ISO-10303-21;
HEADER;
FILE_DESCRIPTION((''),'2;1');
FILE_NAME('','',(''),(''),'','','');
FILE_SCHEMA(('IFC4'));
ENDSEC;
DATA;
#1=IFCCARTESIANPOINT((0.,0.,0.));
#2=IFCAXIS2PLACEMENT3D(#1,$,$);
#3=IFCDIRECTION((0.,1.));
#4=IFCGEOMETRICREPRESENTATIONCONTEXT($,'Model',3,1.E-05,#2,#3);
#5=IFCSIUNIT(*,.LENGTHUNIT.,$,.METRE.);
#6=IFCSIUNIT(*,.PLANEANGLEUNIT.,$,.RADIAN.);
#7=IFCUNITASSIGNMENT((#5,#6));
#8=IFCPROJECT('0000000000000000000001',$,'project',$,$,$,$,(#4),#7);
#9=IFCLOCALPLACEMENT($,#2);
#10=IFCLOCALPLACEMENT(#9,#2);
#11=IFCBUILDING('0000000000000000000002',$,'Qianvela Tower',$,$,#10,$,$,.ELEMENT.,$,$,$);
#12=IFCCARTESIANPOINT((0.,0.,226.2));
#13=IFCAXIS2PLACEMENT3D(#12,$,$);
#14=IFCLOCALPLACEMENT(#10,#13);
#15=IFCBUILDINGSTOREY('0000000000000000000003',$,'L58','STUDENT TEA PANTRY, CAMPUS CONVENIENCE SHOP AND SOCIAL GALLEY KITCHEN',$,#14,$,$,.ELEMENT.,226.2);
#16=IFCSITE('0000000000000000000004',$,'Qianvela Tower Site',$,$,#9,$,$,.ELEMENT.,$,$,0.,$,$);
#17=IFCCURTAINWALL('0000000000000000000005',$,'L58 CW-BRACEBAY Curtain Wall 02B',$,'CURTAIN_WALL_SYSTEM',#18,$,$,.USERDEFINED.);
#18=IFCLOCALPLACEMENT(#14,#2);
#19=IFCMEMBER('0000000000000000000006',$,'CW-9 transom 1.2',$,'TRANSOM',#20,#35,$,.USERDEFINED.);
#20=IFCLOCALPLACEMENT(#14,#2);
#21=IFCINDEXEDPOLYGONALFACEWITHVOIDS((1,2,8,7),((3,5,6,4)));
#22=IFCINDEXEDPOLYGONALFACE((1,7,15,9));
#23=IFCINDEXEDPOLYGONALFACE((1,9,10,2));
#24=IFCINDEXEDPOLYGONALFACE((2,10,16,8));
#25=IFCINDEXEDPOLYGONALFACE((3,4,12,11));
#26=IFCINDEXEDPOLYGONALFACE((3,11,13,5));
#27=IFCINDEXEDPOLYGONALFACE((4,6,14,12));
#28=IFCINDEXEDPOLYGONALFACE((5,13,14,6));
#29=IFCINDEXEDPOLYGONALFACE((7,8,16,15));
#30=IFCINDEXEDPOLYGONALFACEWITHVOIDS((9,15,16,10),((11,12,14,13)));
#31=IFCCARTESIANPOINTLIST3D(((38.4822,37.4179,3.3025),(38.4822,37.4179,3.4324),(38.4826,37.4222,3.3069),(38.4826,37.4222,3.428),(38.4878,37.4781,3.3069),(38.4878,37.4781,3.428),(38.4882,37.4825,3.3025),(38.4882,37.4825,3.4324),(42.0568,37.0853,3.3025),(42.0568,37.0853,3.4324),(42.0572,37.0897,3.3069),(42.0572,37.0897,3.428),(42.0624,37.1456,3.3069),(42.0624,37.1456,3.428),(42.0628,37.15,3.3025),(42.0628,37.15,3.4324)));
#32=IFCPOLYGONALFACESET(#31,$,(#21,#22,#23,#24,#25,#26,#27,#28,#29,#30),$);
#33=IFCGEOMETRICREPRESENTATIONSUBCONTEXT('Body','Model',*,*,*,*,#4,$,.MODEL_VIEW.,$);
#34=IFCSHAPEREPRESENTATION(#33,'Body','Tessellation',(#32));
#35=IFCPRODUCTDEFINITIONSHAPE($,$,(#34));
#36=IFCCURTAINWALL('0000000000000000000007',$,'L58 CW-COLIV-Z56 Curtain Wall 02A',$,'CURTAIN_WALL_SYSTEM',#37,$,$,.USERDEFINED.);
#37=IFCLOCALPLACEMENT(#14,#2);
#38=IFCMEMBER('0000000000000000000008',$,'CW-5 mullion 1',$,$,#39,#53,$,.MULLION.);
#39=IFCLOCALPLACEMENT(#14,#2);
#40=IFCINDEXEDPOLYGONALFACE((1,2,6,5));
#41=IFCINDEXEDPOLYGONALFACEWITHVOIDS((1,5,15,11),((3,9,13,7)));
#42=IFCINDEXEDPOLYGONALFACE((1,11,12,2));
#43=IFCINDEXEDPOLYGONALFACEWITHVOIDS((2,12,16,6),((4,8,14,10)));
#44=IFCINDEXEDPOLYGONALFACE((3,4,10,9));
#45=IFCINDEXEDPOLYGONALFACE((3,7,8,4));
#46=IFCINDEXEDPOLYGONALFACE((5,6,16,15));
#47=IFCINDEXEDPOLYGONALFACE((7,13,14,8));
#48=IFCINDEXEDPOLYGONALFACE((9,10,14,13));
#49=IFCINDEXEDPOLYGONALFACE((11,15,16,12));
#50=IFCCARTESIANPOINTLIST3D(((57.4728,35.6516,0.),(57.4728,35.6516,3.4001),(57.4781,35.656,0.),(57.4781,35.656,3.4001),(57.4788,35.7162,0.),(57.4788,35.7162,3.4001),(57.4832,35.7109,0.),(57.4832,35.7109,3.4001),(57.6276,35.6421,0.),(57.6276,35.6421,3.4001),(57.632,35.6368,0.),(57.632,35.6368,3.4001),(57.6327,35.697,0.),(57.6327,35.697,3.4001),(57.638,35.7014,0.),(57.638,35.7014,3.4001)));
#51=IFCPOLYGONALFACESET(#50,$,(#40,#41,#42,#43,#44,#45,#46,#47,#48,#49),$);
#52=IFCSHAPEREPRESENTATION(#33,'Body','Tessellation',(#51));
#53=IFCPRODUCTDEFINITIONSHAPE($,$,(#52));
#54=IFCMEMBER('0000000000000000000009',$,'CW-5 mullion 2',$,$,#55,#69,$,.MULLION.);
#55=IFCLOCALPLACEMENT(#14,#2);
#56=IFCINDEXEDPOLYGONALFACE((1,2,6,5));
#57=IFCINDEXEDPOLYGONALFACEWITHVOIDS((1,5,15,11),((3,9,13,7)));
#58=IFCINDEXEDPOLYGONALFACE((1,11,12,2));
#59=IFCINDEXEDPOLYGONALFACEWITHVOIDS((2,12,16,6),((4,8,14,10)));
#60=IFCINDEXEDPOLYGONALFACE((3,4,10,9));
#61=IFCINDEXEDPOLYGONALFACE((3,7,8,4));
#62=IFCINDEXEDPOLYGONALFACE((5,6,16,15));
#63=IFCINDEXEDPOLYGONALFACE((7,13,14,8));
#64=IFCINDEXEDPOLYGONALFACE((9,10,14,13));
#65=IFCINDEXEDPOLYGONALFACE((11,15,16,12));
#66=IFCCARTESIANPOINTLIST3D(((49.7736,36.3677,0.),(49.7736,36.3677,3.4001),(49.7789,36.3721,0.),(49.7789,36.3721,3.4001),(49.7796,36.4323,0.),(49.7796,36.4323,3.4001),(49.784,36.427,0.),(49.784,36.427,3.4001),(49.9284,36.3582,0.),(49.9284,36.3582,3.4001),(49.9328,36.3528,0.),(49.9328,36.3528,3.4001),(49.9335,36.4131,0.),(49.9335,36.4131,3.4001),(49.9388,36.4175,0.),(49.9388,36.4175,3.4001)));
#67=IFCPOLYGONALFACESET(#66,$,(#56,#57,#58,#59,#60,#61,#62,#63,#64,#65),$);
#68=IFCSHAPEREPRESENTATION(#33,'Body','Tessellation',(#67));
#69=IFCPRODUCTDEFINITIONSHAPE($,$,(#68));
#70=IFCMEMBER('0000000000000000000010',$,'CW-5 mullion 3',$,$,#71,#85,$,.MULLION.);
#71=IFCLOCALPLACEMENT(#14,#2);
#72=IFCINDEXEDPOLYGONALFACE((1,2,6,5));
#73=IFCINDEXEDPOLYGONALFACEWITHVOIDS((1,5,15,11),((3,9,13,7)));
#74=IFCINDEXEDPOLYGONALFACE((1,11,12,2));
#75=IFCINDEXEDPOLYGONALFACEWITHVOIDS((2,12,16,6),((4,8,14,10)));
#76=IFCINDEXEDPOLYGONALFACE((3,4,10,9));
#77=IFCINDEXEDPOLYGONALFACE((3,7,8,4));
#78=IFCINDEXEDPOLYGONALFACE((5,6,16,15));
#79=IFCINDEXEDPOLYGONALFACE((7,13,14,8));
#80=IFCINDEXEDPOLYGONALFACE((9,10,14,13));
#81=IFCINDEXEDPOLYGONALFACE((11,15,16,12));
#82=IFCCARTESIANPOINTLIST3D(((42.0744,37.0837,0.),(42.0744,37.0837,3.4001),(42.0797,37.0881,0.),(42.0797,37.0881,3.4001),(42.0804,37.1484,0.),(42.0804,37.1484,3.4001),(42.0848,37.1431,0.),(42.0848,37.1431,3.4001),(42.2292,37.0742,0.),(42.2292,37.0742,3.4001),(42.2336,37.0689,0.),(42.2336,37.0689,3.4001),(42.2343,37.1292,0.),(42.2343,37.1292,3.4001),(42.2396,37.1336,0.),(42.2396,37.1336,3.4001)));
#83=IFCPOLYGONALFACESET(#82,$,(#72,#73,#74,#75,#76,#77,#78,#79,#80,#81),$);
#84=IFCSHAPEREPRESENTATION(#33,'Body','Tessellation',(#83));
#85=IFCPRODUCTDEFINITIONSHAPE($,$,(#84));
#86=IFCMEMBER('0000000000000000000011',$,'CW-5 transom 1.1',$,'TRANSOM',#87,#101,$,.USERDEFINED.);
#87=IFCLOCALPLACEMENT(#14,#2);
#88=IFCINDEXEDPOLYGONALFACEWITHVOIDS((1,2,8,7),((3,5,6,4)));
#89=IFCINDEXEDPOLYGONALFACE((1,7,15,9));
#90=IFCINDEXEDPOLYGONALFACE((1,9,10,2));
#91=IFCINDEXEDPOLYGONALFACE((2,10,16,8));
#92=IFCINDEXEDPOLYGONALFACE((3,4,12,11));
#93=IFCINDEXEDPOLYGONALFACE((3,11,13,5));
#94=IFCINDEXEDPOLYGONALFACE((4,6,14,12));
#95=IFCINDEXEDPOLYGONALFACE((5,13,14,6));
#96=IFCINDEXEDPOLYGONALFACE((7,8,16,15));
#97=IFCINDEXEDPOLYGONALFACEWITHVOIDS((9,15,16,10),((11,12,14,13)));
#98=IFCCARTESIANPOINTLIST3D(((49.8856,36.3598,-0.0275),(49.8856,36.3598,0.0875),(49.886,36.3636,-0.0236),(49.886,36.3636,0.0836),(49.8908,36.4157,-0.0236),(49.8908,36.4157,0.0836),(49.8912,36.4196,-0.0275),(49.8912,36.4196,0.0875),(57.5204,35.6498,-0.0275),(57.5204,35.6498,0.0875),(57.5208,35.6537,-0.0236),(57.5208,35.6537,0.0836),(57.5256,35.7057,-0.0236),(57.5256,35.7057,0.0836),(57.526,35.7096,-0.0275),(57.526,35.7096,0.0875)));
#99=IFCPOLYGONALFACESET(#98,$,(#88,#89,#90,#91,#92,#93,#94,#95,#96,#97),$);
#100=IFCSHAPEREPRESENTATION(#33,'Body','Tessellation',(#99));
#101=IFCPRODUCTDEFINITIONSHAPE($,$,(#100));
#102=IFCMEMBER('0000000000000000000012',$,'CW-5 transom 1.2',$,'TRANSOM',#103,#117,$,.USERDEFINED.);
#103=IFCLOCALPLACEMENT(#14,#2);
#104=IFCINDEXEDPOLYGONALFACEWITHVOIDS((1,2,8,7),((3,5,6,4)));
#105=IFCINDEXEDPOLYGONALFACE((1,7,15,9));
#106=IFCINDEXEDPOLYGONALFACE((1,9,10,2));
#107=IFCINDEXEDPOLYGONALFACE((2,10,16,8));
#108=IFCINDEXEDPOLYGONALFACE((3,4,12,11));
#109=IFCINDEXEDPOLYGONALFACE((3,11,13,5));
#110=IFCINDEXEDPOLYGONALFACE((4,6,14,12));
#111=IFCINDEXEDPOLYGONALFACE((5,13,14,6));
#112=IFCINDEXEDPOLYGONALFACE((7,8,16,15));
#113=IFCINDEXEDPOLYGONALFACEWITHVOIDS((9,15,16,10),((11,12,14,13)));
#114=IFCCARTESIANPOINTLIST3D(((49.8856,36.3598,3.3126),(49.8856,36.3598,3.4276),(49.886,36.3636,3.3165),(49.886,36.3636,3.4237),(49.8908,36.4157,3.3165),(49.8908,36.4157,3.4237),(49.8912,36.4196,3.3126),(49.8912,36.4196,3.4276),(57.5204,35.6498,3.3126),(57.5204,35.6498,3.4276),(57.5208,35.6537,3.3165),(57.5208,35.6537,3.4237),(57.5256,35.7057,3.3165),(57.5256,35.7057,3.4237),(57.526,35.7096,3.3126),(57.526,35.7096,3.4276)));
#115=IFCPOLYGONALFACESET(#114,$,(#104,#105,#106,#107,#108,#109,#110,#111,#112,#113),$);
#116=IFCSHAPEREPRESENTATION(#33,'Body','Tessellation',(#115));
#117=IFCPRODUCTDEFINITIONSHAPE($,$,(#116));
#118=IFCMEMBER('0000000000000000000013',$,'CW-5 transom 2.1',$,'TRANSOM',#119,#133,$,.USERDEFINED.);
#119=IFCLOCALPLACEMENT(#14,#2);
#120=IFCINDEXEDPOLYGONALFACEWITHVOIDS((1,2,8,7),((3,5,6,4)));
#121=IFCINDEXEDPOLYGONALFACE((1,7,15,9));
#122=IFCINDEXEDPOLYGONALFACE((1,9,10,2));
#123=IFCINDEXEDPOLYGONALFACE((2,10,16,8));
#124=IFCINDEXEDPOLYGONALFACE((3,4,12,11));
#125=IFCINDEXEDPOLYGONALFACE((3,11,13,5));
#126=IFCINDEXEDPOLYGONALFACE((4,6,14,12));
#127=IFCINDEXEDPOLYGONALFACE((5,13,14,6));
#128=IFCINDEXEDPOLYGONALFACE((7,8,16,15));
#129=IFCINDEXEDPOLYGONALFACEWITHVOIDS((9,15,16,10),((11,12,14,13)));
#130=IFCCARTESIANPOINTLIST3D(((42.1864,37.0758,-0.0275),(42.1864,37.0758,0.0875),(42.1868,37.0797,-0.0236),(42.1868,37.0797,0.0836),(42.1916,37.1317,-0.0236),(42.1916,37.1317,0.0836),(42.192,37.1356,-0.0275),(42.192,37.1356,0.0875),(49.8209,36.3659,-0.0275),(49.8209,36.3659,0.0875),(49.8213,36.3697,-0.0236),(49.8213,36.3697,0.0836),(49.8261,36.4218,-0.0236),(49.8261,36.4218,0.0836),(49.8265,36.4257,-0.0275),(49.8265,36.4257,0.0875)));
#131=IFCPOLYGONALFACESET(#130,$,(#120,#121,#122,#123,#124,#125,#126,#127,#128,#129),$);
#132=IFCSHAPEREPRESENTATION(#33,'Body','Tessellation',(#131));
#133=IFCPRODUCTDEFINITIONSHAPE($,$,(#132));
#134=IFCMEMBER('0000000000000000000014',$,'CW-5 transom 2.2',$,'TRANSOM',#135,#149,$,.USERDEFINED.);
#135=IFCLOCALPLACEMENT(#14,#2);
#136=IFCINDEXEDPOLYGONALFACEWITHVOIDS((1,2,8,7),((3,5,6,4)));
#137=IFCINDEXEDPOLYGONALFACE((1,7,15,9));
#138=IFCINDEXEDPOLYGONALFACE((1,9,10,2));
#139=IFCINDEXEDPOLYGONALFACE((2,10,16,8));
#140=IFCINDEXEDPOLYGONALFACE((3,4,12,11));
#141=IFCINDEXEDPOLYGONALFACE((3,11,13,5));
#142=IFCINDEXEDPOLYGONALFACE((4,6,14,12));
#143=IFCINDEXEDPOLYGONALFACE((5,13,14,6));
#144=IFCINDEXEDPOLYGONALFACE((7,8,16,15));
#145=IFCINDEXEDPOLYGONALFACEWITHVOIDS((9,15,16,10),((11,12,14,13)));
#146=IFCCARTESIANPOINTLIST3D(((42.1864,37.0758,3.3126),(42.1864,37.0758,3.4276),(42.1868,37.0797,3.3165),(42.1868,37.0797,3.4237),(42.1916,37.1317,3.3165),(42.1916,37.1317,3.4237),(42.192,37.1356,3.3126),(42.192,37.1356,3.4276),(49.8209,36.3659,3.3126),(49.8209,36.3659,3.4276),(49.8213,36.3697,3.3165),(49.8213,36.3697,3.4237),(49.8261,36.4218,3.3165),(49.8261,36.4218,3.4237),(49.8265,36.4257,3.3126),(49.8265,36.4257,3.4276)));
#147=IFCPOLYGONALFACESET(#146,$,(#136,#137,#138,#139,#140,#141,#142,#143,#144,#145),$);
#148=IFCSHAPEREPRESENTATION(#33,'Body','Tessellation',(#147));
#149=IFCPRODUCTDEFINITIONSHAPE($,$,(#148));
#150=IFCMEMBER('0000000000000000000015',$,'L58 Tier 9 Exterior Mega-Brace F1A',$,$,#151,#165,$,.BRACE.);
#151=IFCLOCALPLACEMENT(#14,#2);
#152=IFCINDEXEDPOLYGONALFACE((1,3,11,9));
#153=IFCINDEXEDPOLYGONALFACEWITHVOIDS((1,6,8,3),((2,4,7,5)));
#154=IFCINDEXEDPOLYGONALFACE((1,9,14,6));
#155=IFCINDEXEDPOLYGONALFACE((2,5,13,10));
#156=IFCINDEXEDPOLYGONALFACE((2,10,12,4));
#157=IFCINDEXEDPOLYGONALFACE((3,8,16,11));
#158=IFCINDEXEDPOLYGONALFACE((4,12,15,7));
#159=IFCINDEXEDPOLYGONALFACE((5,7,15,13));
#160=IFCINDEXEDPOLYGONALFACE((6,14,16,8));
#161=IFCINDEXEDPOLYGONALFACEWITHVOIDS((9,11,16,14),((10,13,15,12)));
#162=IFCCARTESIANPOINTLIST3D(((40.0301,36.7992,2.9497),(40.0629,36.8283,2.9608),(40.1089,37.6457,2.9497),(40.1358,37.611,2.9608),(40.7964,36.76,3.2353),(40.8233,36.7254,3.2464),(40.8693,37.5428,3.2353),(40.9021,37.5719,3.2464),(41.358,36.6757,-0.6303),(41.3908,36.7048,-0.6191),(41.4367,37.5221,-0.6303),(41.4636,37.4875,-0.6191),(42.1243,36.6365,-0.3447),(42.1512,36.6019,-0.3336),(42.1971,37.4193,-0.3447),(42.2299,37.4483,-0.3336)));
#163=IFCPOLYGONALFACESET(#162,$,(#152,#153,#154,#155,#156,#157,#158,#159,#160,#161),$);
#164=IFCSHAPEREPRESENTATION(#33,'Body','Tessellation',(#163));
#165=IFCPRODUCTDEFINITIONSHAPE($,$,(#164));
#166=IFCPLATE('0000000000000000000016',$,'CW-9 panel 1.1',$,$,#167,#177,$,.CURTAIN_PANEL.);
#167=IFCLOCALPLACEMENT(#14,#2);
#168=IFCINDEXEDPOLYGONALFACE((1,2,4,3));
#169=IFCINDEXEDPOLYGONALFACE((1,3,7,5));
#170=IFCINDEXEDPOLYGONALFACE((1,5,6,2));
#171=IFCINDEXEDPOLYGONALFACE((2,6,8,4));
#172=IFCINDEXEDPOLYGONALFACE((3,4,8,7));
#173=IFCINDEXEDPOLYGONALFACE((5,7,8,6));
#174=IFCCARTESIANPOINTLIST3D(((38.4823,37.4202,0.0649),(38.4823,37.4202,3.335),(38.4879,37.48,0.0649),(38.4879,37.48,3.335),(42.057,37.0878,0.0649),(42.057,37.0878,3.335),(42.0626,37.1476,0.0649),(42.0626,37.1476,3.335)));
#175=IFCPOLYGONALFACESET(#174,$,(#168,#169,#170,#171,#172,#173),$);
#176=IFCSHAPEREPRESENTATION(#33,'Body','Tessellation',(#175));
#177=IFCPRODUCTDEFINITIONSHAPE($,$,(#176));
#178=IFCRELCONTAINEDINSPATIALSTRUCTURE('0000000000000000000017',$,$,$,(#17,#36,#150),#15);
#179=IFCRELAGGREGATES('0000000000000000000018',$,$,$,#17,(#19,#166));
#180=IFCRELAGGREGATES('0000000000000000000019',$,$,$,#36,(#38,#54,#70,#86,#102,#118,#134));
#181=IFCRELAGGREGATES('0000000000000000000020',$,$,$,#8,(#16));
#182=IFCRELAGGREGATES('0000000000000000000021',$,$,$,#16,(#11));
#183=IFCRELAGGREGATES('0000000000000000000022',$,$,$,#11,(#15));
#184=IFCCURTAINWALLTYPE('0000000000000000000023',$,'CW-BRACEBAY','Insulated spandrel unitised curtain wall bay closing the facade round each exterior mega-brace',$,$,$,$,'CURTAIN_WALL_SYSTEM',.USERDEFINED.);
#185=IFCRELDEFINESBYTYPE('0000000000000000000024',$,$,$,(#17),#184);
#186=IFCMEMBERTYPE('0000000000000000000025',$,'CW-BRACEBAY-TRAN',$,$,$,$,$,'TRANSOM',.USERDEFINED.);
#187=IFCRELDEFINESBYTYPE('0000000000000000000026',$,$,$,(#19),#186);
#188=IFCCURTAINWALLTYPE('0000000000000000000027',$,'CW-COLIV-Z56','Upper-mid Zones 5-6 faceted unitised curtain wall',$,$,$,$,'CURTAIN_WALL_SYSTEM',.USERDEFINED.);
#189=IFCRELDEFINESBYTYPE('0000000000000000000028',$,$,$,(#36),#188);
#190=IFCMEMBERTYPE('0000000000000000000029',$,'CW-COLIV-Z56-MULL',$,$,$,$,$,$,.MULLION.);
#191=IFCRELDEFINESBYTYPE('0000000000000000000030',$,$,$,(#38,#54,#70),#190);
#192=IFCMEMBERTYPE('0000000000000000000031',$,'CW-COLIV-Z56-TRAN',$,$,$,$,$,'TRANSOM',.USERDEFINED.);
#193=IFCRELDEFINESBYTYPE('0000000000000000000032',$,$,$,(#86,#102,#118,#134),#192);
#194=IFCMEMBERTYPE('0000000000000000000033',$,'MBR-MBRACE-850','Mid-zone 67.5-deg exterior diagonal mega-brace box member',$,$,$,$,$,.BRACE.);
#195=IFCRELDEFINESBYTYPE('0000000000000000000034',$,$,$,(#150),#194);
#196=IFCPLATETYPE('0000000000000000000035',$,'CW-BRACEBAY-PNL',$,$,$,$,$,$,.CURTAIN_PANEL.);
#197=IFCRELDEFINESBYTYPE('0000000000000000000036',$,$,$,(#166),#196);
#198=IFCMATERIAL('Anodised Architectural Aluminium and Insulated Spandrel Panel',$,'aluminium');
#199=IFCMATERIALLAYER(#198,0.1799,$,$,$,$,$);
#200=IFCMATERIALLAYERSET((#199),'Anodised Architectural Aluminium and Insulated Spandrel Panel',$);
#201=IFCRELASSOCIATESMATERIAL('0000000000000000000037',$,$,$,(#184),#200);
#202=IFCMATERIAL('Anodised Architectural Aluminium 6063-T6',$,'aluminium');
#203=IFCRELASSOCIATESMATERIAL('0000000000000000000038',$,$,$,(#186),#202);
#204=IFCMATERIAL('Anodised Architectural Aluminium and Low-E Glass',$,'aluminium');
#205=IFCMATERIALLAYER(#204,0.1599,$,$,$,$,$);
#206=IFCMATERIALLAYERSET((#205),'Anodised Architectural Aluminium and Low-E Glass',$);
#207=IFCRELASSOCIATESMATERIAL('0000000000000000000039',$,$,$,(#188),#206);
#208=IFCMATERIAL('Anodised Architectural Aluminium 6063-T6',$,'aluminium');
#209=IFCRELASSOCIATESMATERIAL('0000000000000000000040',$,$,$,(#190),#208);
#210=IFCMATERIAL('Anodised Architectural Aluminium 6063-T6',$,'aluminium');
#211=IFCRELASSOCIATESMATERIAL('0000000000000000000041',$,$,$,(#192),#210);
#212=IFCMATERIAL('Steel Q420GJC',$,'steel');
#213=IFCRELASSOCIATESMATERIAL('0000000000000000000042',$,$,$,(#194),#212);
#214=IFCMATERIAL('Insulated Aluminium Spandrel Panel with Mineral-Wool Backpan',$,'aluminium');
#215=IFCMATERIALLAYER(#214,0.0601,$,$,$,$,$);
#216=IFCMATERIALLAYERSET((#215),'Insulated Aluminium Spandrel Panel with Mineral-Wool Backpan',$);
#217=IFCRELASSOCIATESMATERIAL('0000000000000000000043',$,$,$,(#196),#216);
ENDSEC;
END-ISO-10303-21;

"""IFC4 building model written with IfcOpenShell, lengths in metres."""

from ifc_helpers import new_model, si_unit, direction, frame, origin, origin_2d, place, context, subcontext, project, spatial, rectangle, hollow_rectangle, extrude, material, layer, layer_set, material_profile, profile_set, type_object, element, aggregate, save


model = new_model("IFC4")

# Units and contexts
model_context = context("Model", 3, precision=1e-05, world=origin(), true_north=direction((0.0, 1.0)))
body_context = subcontext(model_context, "Body", "Model", "MODEL_VIEW")
ifc_project = project(units=[si_unit("LENGTHUNIT", "METRE"), si_unit("PLANEANGLEUNIT", "RADIAN")], contexts=[model_context])

# Site, building, storey
site_placement = place(None, origin())
site = spatial("IfcSite", under=ifc_project, at=site_placement, Name="Qianvela Tower Site", CompositionType="ELEMENT", RefElevation=0.0)
building_placement = place(site_placement, origin())
building = spatial("IfcBuilding", under=site, at=building_placement, Name="Qianvela Tower", CompositionType="ELEMENT")
storey_placement = place(building_placement, frame((0.0, 0.0, 226.2)))
storey = spatial("IfcBuildingStorey", under=building, at=storey_placement, Name="L58", Description="STUDENT TEA PANTRY, CAMPUS CONVENIENCE SHOP AND SOCIAL GALLEY KITCHEN", CompositionType="ELEMENT", Elevation=226.2)

# Curtain walls, members
ifc_material_1 = material(Name="Anodised Architectural Aluminium and Insulated Spandrel Panel", Category="aluminium")
ifc_layer_1 = layer(ifc_material_1, 0.1799)
ifc_layer_set_1 = layer_set([ifc_layer_1], Name="Anodised Architectural Aluminium and Insulated Spandrel Panel")
curtain_wall_type_1 = type_object("IfcCurtainWallType", Name="CW-BRACEBAY", Description="Insulated spandrel unitised curtain wall bay closing the facade round each exterior mega-brace", ElementType="CURTAIN_WALL_SYSTEM", PredefinedType="USERDEFINED", material=ifc_layer_set_1)
curtain_wall_1_placement = place(storey_placement, origin())
curtain_wall_1 = element("IfcCurtainWall", 1, at=curtain_wall_1_placement, inside=storey, type_object=curtain_wall_type_1, Name="L58 CW-BRACEBAY Curtain Wall 02B", ObjectType="CURTAIN_WALL_SYSTEM", PredefinedType="USERDEFINED")
ifc_material_2 = material(Name="Anodised Architectural Aluminium 6063-T6", Category="aluminium")
ifc_material_profile_1 = material_profile(ifc_material_2, hollow_rectangle(XDim=0.0649, YDim=0.1299, WallThickness=0.0044, at=origin_2d()), Name="ALU-TRAN-65x130")
ifc_profile_set_1 = profile_set([ifc_material_profile_1], Name="Anodised Architectural Aluminium 6063-T6")
member_type_1 = type_object("IfcMemberType", Name="CW-BRACEBAY-TRAN", ElementType="TRANSOM", PredefinedType="USERDEFINED", material=ifc_profile_set_1)
member_1_placement = place(storey_placement, frame((42.0598, 37.1177, 3.3674), z_axis=(-0.995702, 0.09262, 0.0), x_axis=(-0.09262, -0.995702, 0.0)))
member_1 = element("IfcMember", 2, at=member_1_placement, type_object=member_type_1, Name="CW-9 transom 1.2", ObjectType="TRANSOM", PredefinedType="USERDEFINED", context=body_context, shape_type="SweptSolid", body=[
    extrude(hollow_rectangle(XDim=0.0649, YDim=0.1299, WallThickness=0.0044, at=origin_2d()), origin(), (0.0, 0.0, 1.0), 3.5901),
])
ifc_material_3 = material(Name="Anodised Architectural Aluminium and Low-E Glass", Category="aluminium")
ifc_layer_2 = layer(ifc_material_3, 0.1599)
ifc_layer_set_2 = layer_set([ifc_layer_2], Name="Anodised Architectural Aluminium and Low-E Glass")
curtain_wall_type_2 = type_object("IfcCurtainWallType", Name="CW-COLIV-Z56", Description="Upper-mid Zones 5-6 faceted unitised curtain wall", ElementType="CURTAIN_WALL_SYSTEM", PredefinedType="USERDEFINED", material=ifc_layer_set_2)
curtain_wall_2_placement = place(storey_placement, origin())
curtain_wall_2 = element("IfcCurtainWall", 3, at=curtain_wall_2_placement, inside=storey, type_object=curtain_wall_type_2, Name="L58 CW-COLIV-Z56 Curtain Wall 02A", ObjectType="CURTAIN_WALL_SYSTEM", PredefinedType="USERDEFINED")
ifc_material_4 = material(Name="Anodised Architectural Aluminium 6063-T6", Category="aluminium")
ifc_material_profile_2 = material_profile(ifc_material_4, hollow_rectangle(XDim=0.0649, YDim=0.1599, WallThickness=0.0049, at=origin_2d()), Name="ALU-MULL-65x160")
ifc_profile_set_2 = profile_set([ifc_material_profile_2], Name="Anodised Architectural Aluminium 6063-T6")
member_type_2 = type_object("IfcMemberType", Name="CW-COLIV-Z56-MULL", PredefinedType="MULLION", material=ifc_profile_set_2)
member_2_placement = place(storey_placement, frame((57.5554, 35.6765, 0.0), z_axis=(0.0, 0.0, 1.0), x_axis=(-0.092601, -0.995703, 0.0)))
member_2 = element("IfcMember", 4, at=member_2_placement, type_object=member_type_2, Name="CW-5 mullion 1", PredefinedType="MULLION", context=body_context, shape_type="SweptSolid", body=[
    extrude(hollow_rectangle(XDim=0.0649, YDim=0.1599, WallThickness=0.0049, at=origin_2d()), origin(), (0.0, 0.0, 1.0), 3.4001),
])
member_3_placement = place(storey_placement, frame((49.8562, 36.3926, 0.0), z_axis=(0.0, 0.0, 1.0), x_axis=(-0.092601, -0.995703, 0.0)))
member_3 = element("IfcMember", 5, at=member_3_placement, type_object=member_type_2, Name="CW-5 mullion 2", PredefinedType="MULLION", context=body_context, shape_type="SweptSolid", body=[
    extrude(hollow_rectangle(XDim=0.0649, YDim=0.1599, WallThickness=0.0049, at=origin_2d()), origin(), (0.0, 0.0, 1.0), 3.4001),
])
member_4_placement = place(storey_placement, frame((42.157, 37.1086, 0.0), z_axis=(0.0, 0.0, 1.0), x_axis=(-0.092601, -0.995703, 0.0)))
member_4 = element("IfcMember", 6, at=member_4_placement, type_object=member_type_2, Name="CW-5 mullion 3", PredefinedType="MULLION", context=body_context, shape_type="SweptSolid", body=[
    extrude(hollow_rectangle(XDim=0.0649, YDim=0.1599, WallThickness=0.0049, at=origin_2d()), origin(), (0.0, 0.0, 1.0), 3.4001),
])
ifc_material_5 = material(Name="Anodised Architectural Aluminium 6063-T6", Category="aluminium")
ifc_material_profile_3 = material_profile(ifc_material_5, hollow_rectangle(XDim=0.0601, YDim=0.115, WallThickness=0.0039, at=origin_2d()), Name="ALU-TRAN-60x115")
ifc_profile_set_3 = profile_set([ifc_material_profile_3], Name="Anodised Architectural Aluminium 6063-T6")
member_type_3 = type_object("IfcMemberType", Name="CW-COLIV-Z56-TRAN", ElementType="TRANSOM", PredefinedType="USERDEFINED", material=ifc_profile_set_3)
member_5_placement = place(storey_placement, frame((57.5232, 35.6797, 0.03), z_axis=(-0.995704, 0.092591, 0.0), x_axis=(-0.092591, -0.995704, 0.0)))
member_5 = element("IfcMember", 7, at=member_5_placement, type_object=member_type_3, Name="CW-5 transom 1.1", ObjectType="TRANSOM", PredefinedType="USERDEFINED", context=body_context, shape_type="SweptSolid", body=[
    extrude(hollow_rectangle(XDim=0.0601, YDim=0.115, WallThickness=0.0039, at=origin_2d()), origin(), (0.0, 0.0, 1.0), 7.6677),
])
member_6_placement = place(storey_placement, frame((57.5232, 35.6797, 3.3701), z_axis=(-0.995704, 0.092591, 0.0), x_axis=(-0.092591, -0.995704, 0.0)))
member_6 = element("IfcMember", 8, at=member_6_placement, type_object=member_type_3, Name="CW-5 transom 1.2", ObjectType="TRANSOM", PredefinedType="USERDEFINED", context=body_context, shape_type="SweptSolid", body=[
    extrude(hollow_rectangle(XDim=0.0601, YDim=0.115, WallThickness=0.0039, at=origin_2d()), origin(), (0.0, 0.0, 1.0), 7.6677),
])
member_7_placement = place(storey_placement, frame((49.8237, 36.3958, 0.03), z_axis=(-0.995704, 0.092594, 0.0), x_axis=(-0.092594, -0.995704, 0.0)))
member_7 = element("IfcMember", 9, at=member_7_placement, type_object=member_type_3, Name="CW-5 transom 2.1", ObjectType="TRANSOM", PredefinedType="USERDEFINED", context=body_context, shape_type="SweptSolid", body=[
    extrude(hollow_rectangle(XDim=0.0601, YDim=0.115, WallThickness=0.0039, at=origin_2d()), origin(), (0.0, 0.0, 1.0), 7.6675),
])
member_8_placement = place(storey_placement, frame((49.8237, 36.3958, 3.3701), z_axis=(-0.995704, 0.092594, 0.0), x_axis=(-0.092594, -0.995704, 0.0)))
member_8 = element("IfcMember", 10, at=member_8_placement, type_object=member_type_3, Name="CW-5 transom 2.2", ObjectType="TRANSOM", PredefinedType="USERDEFINED", context=body_context, shape_type="SweptSolid", body=[
    extrude(hollow_rectangle(XDim=0.0601, YDim=0.115, WallThickness=0.0039, at=origin_2d()), origin(), (0.0, 0.0, 1.0), 7.6675),
])

# Member
ifc_material_6 = material(Name="Steel Q420GJC", Category="steel")
ifc_material_profile_4 = material_profile(ifc_material_6, hollow_rectangle(XDim=0.8501, YDim=0.8501, WallThickness=0.032, at=origin_2d()), Name="MBOX-850x850x32")
ifc_profile_set_4 = profile_set([ifc_material_profile_4], Name="Steel Q420GJC")
member_type_4 = type_object("IfcMemberType", Name="MBR-MBRACE-850", Description="Mid-zone 67.5-deg exterior diagonal mega-brace box member", PredefinedType="BRACE", material=ifc_profile_set_4)
member_9_placement = place(storey_placement, frame((41.7939, 37.062, -0.4819), z_axis=(-0.347576, 0.032336, 0.937094), x_axis=(-0.092632, -0.9957, 0.0)))
element("IfcMember", 11, at=member_9_placement, inside=storey, type_object=member_type_4, Name="L58 Tier 9 Exterior Mega-Brace F1A", PredefinedType="BRACE", context=body_context, shape_type="SweptSolid", body=[
    extrude(hollow_rectangle(XDim=0.8501, YDim=0.8501, WallThickness=0.032, at=origin_2d()), origin(), (0.0, 0.0, 1.0), 3.8203),
])

# Plate
ifc_material_7 = material(Name="Insulated Aluminium Spandrel Panel with Mineral-Wool Backpan", Category="aluminium")
ifc_layer_3 = layer(ifc_material_7, 0.0601)
ifc_layer_set_3 = layer_set([ifc_layer_3], Name="Insulated Aluminium Spandrel Panel with Mineral-Wool Backpan")
plate_type_1 = type_object("IfcPlateType", Name="CW-BRACEBAY-PNL", PredefinedType="CURTAIN_PANEL", material=ifc_layer_set_3)
plate_1_placement = place(storey_placement, frame((40.2725, 37.2839, 0.0649), z_axis=(0.0, 0.0, 1.0), x_axis=(-0.995705, 0.092581, 0.0)))
plate_1 = element("IfcPlate", 12, at=plate_1_placement, type_object=plate_type_1, Name="CW-9 panel 1.1", PredefinedType="CURTAIN_PANEL", context=body_context, shape_type="SweptSolid", body=[
    extrude(rectangle(XDim=3.5901, YDim=0.0601, at=origin_2d()), origin(), (0.0, 0.0, 1.0), 3.27),
])
aggregate(curtain_wall_1, [member_1, plate_1])
aggregate(curtain_wall_2, [member_2, member_3, member_4, member_5, member_6, member_7, member_8])

save(model, "model.ifc")
